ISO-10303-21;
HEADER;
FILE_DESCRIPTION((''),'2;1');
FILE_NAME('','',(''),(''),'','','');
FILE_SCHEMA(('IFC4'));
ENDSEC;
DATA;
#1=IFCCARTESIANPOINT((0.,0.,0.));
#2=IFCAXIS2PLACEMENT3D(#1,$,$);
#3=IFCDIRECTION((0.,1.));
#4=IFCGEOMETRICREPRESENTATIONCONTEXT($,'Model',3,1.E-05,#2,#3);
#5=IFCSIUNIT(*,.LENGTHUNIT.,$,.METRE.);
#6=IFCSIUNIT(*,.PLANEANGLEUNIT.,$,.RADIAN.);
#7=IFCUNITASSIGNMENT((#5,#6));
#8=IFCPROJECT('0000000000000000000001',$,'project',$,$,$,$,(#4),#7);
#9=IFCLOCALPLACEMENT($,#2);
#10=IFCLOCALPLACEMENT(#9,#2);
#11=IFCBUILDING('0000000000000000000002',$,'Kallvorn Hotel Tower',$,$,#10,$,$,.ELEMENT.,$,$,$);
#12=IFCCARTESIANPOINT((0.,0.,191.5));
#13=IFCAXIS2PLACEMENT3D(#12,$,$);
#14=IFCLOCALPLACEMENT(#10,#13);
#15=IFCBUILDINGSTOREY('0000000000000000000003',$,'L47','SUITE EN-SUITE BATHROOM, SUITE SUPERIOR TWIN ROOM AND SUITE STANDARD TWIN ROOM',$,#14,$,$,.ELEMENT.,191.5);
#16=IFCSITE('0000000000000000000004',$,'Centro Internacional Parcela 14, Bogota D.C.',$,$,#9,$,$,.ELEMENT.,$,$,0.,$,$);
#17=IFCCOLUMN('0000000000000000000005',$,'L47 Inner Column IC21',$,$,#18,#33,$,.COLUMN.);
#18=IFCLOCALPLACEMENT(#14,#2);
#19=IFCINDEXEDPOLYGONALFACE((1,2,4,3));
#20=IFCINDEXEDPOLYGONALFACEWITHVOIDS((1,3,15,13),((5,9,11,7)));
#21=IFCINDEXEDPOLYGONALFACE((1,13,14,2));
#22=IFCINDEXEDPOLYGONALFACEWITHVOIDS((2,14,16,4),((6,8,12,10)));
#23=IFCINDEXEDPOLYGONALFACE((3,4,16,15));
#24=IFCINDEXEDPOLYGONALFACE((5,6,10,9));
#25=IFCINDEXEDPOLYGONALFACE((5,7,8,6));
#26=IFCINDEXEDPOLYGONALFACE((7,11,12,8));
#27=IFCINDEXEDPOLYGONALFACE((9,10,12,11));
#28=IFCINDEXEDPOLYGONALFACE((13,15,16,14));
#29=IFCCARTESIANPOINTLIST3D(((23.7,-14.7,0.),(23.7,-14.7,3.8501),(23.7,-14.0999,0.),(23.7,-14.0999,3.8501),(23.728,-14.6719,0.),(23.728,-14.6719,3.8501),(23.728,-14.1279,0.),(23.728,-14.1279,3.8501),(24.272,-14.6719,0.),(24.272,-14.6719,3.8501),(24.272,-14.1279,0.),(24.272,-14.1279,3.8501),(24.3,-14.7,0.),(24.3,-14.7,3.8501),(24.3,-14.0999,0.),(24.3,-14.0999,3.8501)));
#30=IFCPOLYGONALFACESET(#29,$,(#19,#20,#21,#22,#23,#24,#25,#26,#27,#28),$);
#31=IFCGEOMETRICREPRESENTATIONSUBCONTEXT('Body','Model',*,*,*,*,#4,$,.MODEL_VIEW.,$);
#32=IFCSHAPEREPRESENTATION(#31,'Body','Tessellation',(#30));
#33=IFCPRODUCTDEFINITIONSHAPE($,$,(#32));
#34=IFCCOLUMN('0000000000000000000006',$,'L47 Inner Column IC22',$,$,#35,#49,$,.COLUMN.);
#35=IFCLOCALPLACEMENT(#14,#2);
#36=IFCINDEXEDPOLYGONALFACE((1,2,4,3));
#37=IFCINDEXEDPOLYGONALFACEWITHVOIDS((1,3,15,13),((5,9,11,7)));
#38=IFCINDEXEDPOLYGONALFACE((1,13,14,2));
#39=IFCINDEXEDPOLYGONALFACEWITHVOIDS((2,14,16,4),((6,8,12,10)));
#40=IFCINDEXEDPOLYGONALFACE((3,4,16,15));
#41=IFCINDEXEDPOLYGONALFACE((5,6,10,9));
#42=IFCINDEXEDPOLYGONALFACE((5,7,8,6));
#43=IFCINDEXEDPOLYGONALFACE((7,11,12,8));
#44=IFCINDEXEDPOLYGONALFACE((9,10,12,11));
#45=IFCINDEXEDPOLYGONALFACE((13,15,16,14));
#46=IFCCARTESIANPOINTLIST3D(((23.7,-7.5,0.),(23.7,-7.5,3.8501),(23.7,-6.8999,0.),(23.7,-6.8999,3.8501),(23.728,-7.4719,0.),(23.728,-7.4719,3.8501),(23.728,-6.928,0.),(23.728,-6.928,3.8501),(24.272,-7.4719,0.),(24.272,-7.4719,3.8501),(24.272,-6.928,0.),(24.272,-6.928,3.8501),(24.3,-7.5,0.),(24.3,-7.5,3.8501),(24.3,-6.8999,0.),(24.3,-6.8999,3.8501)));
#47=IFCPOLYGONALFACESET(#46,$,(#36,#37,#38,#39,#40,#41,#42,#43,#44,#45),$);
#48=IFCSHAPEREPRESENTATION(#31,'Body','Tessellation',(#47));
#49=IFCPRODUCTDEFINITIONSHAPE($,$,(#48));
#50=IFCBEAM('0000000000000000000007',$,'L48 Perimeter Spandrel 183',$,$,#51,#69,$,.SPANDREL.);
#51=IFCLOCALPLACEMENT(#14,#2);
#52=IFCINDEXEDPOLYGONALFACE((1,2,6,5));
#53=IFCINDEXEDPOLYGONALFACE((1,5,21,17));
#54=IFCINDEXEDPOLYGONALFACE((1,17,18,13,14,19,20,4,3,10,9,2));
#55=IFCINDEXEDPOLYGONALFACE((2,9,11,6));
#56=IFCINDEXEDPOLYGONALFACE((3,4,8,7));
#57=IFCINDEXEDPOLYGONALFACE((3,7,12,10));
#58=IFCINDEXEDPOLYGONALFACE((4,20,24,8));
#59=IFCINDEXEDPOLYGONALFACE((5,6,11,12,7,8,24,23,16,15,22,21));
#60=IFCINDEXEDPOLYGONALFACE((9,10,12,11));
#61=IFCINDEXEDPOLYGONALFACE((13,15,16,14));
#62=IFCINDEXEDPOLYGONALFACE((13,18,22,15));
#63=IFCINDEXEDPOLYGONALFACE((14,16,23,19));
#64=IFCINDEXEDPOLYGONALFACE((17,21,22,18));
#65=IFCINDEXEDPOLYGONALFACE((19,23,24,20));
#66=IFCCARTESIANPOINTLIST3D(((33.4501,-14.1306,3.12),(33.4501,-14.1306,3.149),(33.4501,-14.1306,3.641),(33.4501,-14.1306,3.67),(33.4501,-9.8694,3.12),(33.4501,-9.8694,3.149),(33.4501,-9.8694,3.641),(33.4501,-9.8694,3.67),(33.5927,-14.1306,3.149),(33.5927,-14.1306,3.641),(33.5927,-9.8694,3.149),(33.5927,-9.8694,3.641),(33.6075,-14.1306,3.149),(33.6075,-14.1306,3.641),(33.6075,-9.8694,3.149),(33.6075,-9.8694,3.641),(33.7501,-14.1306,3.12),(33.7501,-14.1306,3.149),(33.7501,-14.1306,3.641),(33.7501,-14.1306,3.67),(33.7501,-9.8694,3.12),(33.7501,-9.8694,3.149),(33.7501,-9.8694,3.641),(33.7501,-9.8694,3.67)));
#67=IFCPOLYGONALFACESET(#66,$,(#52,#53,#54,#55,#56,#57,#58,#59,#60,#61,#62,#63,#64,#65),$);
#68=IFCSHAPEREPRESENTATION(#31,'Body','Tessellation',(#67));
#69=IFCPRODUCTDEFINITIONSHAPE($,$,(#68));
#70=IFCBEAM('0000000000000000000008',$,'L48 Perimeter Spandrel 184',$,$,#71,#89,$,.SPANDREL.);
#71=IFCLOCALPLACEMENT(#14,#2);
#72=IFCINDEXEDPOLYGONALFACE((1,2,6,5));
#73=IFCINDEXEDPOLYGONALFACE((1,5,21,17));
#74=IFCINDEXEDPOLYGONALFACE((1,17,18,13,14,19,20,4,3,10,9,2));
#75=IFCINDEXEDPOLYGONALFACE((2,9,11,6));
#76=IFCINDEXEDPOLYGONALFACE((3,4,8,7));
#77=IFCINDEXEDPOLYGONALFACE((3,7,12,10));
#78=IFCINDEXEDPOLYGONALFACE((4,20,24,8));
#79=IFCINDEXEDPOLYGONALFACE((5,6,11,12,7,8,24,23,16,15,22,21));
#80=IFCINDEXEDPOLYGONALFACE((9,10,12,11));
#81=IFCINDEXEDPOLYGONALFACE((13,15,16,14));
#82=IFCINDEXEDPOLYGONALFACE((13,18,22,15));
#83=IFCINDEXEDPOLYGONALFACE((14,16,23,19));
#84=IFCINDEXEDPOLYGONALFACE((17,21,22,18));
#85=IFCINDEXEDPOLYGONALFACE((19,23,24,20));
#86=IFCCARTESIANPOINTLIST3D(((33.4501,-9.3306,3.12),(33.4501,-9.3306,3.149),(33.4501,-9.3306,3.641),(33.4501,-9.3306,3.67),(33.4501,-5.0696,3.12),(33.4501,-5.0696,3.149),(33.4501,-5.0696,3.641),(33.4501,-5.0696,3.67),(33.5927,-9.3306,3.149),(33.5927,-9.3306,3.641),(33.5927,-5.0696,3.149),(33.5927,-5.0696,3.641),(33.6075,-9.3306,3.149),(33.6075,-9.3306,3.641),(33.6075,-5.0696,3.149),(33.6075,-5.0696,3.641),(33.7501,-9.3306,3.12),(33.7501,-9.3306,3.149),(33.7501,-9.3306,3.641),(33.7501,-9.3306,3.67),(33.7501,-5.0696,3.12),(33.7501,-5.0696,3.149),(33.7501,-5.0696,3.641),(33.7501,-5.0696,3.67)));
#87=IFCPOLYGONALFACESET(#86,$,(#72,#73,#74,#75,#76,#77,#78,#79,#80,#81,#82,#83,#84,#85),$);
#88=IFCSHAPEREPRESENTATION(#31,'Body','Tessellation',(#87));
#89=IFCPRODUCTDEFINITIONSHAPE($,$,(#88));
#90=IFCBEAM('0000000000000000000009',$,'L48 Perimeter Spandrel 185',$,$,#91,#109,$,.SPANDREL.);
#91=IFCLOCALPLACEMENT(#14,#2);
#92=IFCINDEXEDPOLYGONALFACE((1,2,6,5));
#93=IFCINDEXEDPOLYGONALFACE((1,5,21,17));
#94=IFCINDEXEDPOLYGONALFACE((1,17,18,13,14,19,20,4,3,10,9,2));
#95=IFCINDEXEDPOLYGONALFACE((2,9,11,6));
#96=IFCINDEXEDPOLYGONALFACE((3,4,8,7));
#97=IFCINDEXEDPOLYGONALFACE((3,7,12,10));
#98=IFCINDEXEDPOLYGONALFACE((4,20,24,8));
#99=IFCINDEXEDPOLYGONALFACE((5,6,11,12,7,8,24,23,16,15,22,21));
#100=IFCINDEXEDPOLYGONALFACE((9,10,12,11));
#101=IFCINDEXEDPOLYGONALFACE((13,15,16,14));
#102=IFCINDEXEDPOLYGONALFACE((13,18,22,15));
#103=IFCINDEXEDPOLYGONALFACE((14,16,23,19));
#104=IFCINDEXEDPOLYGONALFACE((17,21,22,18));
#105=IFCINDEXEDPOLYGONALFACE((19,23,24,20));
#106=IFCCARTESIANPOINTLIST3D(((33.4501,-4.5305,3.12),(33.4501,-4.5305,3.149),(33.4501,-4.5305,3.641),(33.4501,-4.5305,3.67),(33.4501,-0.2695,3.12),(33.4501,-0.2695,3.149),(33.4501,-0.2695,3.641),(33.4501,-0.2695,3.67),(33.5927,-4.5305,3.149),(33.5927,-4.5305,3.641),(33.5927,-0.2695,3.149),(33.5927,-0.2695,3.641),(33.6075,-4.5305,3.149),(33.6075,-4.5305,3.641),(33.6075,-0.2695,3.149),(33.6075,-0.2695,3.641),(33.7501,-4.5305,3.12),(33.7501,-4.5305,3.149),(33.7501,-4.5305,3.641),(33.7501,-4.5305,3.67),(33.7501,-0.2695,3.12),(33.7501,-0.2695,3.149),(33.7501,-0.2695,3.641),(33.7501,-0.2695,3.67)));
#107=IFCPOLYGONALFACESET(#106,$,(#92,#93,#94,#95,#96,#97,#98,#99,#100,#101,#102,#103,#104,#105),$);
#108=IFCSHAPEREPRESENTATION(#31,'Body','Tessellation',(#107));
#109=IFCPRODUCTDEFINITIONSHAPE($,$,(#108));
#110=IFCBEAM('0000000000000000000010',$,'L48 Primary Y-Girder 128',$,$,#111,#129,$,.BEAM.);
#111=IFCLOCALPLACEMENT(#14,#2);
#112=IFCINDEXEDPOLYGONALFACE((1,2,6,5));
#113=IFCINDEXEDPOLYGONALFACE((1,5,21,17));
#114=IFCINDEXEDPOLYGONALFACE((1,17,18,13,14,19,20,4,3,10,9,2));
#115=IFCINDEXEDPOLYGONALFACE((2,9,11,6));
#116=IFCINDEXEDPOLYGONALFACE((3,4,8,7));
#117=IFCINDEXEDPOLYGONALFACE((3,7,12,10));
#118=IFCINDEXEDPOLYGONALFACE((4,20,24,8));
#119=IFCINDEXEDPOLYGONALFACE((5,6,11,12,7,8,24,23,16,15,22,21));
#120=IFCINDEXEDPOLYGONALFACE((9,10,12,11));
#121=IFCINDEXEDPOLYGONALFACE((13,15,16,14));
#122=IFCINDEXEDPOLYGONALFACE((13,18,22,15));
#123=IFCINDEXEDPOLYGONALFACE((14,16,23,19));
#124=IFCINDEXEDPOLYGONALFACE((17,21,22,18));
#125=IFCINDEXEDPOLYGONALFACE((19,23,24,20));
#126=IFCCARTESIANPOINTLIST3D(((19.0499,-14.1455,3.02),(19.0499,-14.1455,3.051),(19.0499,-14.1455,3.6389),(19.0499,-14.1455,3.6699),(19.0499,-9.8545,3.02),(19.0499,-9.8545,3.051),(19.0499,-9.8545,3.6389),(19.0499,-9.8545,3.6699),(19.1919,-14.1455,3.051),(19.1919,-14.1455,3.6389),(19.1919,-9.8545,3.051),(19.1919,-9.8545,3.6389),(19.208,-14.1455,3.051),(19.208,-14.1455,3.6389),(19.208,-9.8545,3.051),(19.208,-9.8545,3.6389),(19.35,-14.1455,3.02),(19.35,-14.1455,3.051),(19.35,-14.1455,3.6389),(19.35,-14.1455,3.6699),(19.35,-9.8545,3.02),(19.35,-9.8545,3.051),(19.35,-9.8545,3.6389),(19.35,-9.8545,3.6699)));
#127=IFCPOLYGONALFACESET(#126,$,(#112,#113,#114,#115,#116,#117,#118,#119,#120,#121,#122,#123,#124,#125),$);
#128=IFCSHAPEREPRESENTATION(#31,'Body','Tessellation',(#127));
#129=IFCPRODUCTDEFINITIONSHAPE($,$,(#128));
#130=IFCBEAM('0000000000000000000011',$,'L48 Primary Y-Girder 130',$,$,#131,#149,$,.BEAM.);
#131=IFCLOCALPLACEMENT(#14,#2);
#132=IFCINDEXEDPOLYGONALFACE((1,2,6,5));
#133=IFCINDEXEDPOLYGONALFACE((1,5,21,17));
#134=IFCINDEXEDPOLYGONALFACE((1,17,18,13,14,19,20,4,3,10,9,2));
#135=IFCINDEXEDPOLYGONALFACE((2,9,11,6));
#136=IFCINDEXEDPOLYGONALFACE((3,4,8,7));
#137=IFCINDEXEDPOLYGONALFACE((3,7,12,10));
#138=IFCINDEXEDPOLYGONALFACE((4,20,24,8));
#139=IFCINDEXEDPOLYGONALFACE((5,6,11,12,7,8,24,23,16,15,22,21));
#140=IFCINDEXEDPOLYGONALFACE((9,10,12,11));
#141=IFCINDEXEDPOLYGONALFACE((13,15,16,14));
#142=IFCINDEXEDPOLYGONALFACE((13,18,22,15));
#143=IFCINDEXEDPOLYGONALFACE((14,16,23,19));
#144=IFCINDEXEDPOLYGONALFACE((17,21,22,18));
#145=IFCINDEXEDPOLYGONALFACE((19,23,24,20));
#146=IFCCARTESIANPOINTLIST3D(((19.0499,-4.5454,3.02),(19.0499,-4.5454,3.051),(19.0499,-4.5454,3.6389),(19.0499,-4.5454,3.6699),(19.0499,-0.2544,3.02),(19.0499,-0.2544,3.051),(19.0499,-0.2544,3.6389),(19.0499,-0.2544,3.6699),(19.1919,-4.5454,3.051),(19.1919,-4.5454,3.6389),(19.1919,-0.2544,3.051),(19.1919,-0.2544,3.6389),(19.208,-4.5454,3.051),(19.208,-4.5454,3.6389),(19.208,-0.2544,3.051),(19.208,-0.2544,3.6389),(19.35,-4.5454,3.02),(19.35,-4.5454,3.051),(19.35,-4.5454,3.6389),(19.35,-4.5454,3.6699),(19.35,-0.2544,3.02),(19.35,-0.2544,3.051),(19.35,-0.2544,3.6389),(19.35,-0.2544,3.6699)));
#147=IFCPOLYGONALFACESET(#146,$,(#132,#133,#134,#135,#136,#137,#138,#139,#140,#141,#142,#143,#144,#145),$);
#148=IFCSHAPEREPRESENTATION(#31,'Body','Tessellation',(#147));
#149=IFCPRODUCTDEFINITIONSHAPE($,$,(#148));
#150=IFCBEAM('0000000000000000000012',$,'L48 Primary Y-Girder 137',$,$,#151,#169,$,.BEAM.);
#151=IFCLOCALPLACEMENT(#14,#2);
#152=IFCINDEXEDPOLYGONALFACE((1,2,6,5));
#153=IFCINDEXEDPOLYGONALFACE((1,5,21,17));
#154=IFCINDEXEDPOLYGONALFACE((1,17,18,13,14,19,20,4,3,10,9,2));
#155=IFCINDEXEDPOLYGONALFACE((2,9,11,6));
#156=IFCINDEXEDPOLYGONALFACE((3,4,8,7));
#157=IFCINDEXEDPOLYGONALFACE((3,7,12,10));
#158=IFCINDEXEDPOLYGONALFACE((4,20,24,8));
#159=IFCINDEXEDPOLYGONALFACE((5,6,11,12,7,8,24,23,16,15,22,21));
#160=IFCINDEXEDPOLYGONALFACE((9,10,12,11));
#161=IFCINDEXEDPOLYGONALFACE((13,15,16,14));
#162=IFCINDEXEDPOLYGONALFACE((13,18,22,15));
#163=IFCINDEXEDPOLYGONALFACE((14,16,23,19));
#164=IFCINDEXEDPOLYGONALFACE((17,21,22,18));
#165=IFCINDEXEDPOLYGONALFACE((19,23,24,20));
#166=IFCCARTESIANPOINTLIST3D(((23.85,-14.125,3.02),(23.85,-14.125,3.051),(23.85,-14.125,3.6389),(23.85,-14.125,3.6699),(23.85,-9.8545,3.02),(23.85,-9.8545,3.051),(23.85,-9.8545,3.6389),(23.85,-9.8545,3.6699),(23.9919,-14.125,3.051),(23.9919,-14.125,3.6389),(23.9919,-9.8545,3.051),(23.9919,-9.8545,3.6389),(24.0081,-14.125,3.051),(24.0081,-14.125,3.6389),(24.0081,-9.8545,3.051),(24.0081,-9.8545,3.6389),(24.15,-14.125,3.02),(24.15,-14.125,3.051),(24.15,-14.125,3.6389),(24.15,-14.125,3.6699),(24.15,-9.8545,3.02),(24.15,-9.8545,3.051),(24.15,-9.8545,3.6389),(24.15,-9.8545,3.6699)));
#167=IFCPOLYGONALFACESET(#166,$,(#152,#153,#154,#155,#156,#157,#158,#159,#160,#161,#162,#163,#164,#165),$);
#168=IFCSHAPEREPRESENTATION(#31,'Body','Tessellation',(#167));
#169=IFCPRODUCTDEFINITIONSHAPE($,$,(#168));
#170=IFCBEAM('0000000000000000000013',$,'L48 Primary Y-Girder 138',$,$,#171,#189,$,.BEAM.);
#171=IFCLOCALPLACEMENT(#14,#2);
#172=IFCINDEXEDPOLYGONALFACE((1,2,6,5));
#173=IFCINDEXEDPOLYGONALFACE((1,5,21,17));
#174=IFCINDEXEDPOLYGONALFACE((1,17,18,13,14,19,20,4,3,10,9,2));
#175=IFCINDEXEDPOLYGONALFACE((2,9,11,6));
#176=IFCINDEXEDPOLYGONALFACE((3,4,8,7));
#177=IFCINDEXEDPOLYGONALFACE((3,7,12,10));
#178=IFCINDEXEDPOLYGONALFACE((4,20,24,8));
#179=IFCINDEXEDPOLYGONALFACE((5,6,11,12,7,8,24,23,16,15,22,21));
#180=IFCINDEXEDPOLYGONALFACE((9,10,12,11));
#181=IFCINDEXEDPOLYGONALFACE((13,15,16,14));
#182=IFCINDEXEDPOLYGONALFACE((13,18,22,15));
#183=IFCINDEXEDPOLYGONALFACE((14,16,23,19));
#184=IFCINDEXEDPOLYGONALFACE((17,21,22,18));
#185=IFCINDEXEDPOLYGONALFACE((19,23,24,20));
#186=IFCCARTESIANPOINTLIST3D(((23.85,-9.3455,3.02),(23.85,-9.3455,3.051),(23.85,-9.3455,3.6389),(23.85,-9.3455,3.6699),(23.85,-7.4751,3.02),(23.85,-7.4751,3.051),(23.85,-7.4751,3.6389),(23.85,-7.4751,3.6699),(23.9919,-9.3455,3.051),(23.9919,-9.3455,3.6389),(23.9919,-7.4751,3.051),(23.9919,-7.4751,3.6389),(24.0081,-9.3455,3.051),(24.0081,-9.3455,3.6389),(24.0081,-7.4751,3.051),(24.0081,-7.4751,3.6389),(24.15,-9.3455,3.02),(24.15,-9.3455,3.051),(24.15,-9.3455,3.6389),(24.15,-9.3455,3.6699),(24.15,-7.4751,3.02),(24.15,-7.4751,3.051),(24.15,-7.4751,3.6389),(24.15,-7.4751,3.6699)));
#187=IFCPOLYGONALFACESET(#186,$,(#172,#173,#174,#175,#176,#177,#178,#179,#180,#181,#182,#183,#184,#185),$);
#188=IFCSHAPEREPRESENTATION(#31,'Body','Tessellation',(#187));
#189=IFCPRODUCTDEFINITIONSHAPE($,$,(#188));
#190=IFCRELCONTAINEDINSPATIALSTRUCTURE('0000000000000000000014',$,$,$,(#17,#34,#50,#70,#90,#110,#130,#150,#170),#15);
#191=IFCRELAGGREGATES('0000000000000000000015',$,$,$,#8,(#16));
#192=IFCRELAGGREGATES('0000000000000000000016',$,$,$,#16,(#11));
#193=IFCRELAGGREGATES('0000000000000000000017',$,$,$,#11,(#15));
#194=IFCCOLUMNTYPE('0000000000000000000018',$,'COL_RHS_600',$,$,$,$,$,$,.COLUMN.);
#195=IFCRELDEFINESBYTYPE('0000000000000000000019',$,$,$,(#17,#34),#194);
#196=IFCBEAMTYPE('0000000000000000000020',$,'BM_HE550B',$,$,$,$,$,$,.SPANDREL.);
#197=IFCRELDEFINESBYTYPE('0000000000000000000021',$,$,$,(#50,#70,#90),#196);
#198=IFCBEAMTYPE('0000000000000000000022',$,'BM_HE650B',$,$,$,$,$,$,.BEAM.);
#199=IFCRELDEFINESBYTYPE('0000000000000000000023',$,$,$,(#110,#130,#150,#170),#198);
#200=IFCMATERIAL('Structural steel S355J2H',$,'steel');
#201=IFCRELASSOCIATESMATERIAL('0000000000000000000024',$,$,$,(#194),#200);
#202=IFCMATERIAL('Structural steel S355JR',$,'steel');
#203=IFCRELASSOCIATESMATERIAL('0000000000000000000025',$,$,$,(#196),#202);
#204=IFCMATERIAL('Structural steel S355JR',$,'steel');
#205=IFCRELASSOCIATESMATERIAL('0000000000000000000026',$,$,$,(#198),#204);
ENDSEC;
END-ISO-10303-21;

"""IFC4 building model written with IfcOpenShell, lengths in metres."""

from ifc_helpers import new_model, si_unit, direction, frame, origin, origin_2d, place, context, subcontext, project, spatial, hollow_rectangle, i_section, extrude, material, material_profile, profile_set, type_object, element, save


model = new_model("IFC4")

# Units and contexts
model_context = context("Model", 3, precision=1e-05, world=origin(), true_north=direction((0.0, 1.0)))
body_context = subcontext(model_context, "Body", "Model", "MODEL_VIEW")
ifc_project = project(units=[si_unit("LENGTHUNIT", "METRE"), si_unit("PLANEANGLEUNIT", "RADIAN")], contexts=[model_context])

# Site, building, storey
site_placement = place(None, origin())
site = spatial("IfcSite", under=ifc_project, at=site_placement, Name="Centro Internacional Parcela 14, Bogota D.C.", CompositionType="ELEMENT", RefElevation=0.0)
building_placement = place(site_placement, origin())
building = spatial("IfcBuilding", under=site, at=building_placement, Name="Kallvorn Hotel Tower", CompositionType="ELEMENT")
storey_placement = place(building_placement, frame((0.0, 0.0, 191.5)))
storey = spatial("IfcBuildingStorey", under=building, at=storey_placement, Name="L47", Description="SUITE EN-SUITE BATHROOM, SUITE SUPERIOR TWIN ROOM AND SUITE STANDARD TWIN ROOM", CompositionType="ELEMENT", Elevation=191.5)

# Columns
ifc_material_1 = material(Name="Structural steel S355J2H", Category="steel")
ifc_material_profile_1 = material_profile(ifc_material_1, hollow_rectangle(XDim=0.6001, YDim=0.6001, WallThickness=0.0281, at=origin_2d()), Name="RHS 600x600x28")
ifc_profile_set_1 = profile_set([ifc_material_profile_1], Name="Structural steel S355J2H")
column_type_1 = type_object("IfcColumnType", Name="COL_RHS_600", PredefinedType="COLUMN", material=ifc_profile_set_1)
for number, where, z_axis, x_axis, name in (
    (1, (24.0, -14.3999, 0.0), (0.0, 0.0, 1.0), (1.0, 0.0, 0.0), "L47 Inner Column IC21"),
    (2, (24.0, -7.2, 0.0), (0.0, 0.0, 1.0), (1.0, 0.0, 0.0), "L47 Inner Column IC22"),
):
    element("IfcColumn", number, at=place(storey_placement, frame(where, z_axis=z_axis, x_axis=x_axis)), inside=storey, type_object=column_type_1, Name=name, PredefinedType="COLUMN", context=body_context, shape_type="SweptSolid", body=[
        extrude(hollow_rectangle(XDim=0.6001, YDim=0.6001, WallThickness=0.0281, at=origin_2d()), origin(), (0.0, 0.0, 1.0), 3.8501),
    ])

# Beams
ifc_material_2 = material(Name="Structural steel S355JR", Category="steel")
ifc_material_profile_2 = material_profile(ifc_material_2, i_section(OverallWidth=0.3, OverallDepth=0.55, WebThickness=0.0149, FlangeThickness=0.0291, at=origin_2d()), Name="HE 550 B")
ifc_profile_set_2 = profile_set([ifc_material_profile_2], Name="Structural steel S355JR")
beam_type_1 = type_object("IfcBeamType", Name="BM_HE550B", PredefinedType="SPANDREL", material=ifc_profile_set_2)
beam_1_placement = place(storey_placement, frame((33.6001, -14.1306, 3.395), z_axis=(0.0, 1.0, 0.0), x_axis=(-1.0, 0.0, 0.0)))
element("IfcBeam", 3, at=beam_1_placement, inside=storey, type_object=beam_type_1, Name="L48 Perimeter Spandrel 183", PredefinedType="SPANDREL", context=body_context, shape_type="SweptSolid", body=[
    extrude(i_section(OverallWidth=0.3, OverallDepth=0.55, WebThickness=0.0149, FlangeThickness=0.0291, at=origin_2d()), origin(), (0.0, 0.0, 1.0), 4.2612),
])
for number, where, z_axis, x_axis, name in (
    (4, (33.6001, -9.3306, 3.395), (0.0, 1.0, 0.0), (-1.0, 0.0, 0.0), "L48 Perimeter Spandrel 184"),
    (5, (33.6001, -4.5305, 3.395), (0.0, 1.0, 0.0), (-1.0, 0.0, 0.0), "L48 Perimeter Spandrel 185"),
):
    element("IfcBeam", number, at=place(storey_placement, frame(where, z_axis=z_axis, x_axis=x_axis)), inside=storey, type_object=beam_type_1, Name=name, PredefinedType="SPANDREL", context=body_context, shape_type="SweptSolid", body=[
        extrude(i_section(OverallWidth=0.3, OverallDepth=0.55, WebThickness=0.0149, FlangeThickness=0.0291, at=origin_2d()), origin(), (0.0, 0.0, 1.0), 4.261),
    ])
ifc_material_3 = material(Name="Structural steel S355JR", Category="steel")
ifc_material_profile_3 = material_profile(ifc_material_3, i_section(OverallWidth=0.3, OverallDepth=0.6499, WebThickness=0.0161, FlangeThickness=0.031, at=origin_2d()), Name="HE 650 B")
ifc_profile_set_3 = profile_set([ifc_material_profile_3], Name="Structural steel S355JR")
beam_type_2 = type_object("IfcBeamType", Name="BM_HE650B", PredefinedType="BEAM", material=ifc_profile_set_3)
for number, where, z_axis, x_axis, name in (
    (6, (19.2, -14.1455, 3.345), (0.0, 1.0, 0.0), (-1.0, 0.0, 0.0), "L48 Primary Y-Girder 128"),
    (7, (19.2, -4.5454, 3.345), (0.0, 1.0, 0.0), (-1.0, 0.0, 0.0), "L48 Primary Y-Girder 130"),
):
    element("IfcBeam", number, at=place(storey_placement, frame(where, z_axis=z_axis, x_axis=x_axis)), inside=storey, type_object=beam_type_2, Name=name, PredefinedType="BEAM", context=body_context, shape_type="SweptSolid", body=[
        extrude(i_section(OverallWidth=0.3, OverallDepth=0.6499, WebThickness=0.0161, FlangeThickness=0.031, at=origin_2d()), origin(), (0.0, 0.0, 1.0), 4.291),
    ])
beam_2_placement = place(storey_placement, frame((24.0, -14.125, 3.345), z_axis=(0.0, 1.0, 0.0), x_axis=(-1.0, 0.0, 0.0)))
element("IfcBeam", 8, at=beam_2_placement, inside=storey, type_object=beam_type_2, Name="L48 Primary Y-Girder 137", PredefinedType="BEAM", context=body_context, shape_type="SweptSolid", body=[
    extrude(i_section(OverallWidth=0.3, OverallDepth=0.6499, WebThickness=0.0161, FlangeThickness=0.031, at=origin_2d()), origin(), (0.0, 0.0, 1.0), 4.2705),
])
beam_3_placement = place(storey_placement, frame((24.0, -9.3455, 3.345), z_axis=(0.0, 1.0, 0.0), x_axis=(-1.0, 0.0, 0.0)))
element("IfcBeam", 9, at=beam_3_placement, inside=storey, type_object=beam_type_2, Name="L48 Primary Y-Girder 138", PredefinedType="BEAM", context=body_context, shape_type="SweptSolid", body=[
    extrude(i_section(OverallWidth=0.3, OverallDepth=0.6499, WebThickness=0.0161, FlangeThickness=0.031, at=origin_2d()), origin(), (0.0, 0.0, 1.0), 1.8704),
])

save(model, "model.ifc")
